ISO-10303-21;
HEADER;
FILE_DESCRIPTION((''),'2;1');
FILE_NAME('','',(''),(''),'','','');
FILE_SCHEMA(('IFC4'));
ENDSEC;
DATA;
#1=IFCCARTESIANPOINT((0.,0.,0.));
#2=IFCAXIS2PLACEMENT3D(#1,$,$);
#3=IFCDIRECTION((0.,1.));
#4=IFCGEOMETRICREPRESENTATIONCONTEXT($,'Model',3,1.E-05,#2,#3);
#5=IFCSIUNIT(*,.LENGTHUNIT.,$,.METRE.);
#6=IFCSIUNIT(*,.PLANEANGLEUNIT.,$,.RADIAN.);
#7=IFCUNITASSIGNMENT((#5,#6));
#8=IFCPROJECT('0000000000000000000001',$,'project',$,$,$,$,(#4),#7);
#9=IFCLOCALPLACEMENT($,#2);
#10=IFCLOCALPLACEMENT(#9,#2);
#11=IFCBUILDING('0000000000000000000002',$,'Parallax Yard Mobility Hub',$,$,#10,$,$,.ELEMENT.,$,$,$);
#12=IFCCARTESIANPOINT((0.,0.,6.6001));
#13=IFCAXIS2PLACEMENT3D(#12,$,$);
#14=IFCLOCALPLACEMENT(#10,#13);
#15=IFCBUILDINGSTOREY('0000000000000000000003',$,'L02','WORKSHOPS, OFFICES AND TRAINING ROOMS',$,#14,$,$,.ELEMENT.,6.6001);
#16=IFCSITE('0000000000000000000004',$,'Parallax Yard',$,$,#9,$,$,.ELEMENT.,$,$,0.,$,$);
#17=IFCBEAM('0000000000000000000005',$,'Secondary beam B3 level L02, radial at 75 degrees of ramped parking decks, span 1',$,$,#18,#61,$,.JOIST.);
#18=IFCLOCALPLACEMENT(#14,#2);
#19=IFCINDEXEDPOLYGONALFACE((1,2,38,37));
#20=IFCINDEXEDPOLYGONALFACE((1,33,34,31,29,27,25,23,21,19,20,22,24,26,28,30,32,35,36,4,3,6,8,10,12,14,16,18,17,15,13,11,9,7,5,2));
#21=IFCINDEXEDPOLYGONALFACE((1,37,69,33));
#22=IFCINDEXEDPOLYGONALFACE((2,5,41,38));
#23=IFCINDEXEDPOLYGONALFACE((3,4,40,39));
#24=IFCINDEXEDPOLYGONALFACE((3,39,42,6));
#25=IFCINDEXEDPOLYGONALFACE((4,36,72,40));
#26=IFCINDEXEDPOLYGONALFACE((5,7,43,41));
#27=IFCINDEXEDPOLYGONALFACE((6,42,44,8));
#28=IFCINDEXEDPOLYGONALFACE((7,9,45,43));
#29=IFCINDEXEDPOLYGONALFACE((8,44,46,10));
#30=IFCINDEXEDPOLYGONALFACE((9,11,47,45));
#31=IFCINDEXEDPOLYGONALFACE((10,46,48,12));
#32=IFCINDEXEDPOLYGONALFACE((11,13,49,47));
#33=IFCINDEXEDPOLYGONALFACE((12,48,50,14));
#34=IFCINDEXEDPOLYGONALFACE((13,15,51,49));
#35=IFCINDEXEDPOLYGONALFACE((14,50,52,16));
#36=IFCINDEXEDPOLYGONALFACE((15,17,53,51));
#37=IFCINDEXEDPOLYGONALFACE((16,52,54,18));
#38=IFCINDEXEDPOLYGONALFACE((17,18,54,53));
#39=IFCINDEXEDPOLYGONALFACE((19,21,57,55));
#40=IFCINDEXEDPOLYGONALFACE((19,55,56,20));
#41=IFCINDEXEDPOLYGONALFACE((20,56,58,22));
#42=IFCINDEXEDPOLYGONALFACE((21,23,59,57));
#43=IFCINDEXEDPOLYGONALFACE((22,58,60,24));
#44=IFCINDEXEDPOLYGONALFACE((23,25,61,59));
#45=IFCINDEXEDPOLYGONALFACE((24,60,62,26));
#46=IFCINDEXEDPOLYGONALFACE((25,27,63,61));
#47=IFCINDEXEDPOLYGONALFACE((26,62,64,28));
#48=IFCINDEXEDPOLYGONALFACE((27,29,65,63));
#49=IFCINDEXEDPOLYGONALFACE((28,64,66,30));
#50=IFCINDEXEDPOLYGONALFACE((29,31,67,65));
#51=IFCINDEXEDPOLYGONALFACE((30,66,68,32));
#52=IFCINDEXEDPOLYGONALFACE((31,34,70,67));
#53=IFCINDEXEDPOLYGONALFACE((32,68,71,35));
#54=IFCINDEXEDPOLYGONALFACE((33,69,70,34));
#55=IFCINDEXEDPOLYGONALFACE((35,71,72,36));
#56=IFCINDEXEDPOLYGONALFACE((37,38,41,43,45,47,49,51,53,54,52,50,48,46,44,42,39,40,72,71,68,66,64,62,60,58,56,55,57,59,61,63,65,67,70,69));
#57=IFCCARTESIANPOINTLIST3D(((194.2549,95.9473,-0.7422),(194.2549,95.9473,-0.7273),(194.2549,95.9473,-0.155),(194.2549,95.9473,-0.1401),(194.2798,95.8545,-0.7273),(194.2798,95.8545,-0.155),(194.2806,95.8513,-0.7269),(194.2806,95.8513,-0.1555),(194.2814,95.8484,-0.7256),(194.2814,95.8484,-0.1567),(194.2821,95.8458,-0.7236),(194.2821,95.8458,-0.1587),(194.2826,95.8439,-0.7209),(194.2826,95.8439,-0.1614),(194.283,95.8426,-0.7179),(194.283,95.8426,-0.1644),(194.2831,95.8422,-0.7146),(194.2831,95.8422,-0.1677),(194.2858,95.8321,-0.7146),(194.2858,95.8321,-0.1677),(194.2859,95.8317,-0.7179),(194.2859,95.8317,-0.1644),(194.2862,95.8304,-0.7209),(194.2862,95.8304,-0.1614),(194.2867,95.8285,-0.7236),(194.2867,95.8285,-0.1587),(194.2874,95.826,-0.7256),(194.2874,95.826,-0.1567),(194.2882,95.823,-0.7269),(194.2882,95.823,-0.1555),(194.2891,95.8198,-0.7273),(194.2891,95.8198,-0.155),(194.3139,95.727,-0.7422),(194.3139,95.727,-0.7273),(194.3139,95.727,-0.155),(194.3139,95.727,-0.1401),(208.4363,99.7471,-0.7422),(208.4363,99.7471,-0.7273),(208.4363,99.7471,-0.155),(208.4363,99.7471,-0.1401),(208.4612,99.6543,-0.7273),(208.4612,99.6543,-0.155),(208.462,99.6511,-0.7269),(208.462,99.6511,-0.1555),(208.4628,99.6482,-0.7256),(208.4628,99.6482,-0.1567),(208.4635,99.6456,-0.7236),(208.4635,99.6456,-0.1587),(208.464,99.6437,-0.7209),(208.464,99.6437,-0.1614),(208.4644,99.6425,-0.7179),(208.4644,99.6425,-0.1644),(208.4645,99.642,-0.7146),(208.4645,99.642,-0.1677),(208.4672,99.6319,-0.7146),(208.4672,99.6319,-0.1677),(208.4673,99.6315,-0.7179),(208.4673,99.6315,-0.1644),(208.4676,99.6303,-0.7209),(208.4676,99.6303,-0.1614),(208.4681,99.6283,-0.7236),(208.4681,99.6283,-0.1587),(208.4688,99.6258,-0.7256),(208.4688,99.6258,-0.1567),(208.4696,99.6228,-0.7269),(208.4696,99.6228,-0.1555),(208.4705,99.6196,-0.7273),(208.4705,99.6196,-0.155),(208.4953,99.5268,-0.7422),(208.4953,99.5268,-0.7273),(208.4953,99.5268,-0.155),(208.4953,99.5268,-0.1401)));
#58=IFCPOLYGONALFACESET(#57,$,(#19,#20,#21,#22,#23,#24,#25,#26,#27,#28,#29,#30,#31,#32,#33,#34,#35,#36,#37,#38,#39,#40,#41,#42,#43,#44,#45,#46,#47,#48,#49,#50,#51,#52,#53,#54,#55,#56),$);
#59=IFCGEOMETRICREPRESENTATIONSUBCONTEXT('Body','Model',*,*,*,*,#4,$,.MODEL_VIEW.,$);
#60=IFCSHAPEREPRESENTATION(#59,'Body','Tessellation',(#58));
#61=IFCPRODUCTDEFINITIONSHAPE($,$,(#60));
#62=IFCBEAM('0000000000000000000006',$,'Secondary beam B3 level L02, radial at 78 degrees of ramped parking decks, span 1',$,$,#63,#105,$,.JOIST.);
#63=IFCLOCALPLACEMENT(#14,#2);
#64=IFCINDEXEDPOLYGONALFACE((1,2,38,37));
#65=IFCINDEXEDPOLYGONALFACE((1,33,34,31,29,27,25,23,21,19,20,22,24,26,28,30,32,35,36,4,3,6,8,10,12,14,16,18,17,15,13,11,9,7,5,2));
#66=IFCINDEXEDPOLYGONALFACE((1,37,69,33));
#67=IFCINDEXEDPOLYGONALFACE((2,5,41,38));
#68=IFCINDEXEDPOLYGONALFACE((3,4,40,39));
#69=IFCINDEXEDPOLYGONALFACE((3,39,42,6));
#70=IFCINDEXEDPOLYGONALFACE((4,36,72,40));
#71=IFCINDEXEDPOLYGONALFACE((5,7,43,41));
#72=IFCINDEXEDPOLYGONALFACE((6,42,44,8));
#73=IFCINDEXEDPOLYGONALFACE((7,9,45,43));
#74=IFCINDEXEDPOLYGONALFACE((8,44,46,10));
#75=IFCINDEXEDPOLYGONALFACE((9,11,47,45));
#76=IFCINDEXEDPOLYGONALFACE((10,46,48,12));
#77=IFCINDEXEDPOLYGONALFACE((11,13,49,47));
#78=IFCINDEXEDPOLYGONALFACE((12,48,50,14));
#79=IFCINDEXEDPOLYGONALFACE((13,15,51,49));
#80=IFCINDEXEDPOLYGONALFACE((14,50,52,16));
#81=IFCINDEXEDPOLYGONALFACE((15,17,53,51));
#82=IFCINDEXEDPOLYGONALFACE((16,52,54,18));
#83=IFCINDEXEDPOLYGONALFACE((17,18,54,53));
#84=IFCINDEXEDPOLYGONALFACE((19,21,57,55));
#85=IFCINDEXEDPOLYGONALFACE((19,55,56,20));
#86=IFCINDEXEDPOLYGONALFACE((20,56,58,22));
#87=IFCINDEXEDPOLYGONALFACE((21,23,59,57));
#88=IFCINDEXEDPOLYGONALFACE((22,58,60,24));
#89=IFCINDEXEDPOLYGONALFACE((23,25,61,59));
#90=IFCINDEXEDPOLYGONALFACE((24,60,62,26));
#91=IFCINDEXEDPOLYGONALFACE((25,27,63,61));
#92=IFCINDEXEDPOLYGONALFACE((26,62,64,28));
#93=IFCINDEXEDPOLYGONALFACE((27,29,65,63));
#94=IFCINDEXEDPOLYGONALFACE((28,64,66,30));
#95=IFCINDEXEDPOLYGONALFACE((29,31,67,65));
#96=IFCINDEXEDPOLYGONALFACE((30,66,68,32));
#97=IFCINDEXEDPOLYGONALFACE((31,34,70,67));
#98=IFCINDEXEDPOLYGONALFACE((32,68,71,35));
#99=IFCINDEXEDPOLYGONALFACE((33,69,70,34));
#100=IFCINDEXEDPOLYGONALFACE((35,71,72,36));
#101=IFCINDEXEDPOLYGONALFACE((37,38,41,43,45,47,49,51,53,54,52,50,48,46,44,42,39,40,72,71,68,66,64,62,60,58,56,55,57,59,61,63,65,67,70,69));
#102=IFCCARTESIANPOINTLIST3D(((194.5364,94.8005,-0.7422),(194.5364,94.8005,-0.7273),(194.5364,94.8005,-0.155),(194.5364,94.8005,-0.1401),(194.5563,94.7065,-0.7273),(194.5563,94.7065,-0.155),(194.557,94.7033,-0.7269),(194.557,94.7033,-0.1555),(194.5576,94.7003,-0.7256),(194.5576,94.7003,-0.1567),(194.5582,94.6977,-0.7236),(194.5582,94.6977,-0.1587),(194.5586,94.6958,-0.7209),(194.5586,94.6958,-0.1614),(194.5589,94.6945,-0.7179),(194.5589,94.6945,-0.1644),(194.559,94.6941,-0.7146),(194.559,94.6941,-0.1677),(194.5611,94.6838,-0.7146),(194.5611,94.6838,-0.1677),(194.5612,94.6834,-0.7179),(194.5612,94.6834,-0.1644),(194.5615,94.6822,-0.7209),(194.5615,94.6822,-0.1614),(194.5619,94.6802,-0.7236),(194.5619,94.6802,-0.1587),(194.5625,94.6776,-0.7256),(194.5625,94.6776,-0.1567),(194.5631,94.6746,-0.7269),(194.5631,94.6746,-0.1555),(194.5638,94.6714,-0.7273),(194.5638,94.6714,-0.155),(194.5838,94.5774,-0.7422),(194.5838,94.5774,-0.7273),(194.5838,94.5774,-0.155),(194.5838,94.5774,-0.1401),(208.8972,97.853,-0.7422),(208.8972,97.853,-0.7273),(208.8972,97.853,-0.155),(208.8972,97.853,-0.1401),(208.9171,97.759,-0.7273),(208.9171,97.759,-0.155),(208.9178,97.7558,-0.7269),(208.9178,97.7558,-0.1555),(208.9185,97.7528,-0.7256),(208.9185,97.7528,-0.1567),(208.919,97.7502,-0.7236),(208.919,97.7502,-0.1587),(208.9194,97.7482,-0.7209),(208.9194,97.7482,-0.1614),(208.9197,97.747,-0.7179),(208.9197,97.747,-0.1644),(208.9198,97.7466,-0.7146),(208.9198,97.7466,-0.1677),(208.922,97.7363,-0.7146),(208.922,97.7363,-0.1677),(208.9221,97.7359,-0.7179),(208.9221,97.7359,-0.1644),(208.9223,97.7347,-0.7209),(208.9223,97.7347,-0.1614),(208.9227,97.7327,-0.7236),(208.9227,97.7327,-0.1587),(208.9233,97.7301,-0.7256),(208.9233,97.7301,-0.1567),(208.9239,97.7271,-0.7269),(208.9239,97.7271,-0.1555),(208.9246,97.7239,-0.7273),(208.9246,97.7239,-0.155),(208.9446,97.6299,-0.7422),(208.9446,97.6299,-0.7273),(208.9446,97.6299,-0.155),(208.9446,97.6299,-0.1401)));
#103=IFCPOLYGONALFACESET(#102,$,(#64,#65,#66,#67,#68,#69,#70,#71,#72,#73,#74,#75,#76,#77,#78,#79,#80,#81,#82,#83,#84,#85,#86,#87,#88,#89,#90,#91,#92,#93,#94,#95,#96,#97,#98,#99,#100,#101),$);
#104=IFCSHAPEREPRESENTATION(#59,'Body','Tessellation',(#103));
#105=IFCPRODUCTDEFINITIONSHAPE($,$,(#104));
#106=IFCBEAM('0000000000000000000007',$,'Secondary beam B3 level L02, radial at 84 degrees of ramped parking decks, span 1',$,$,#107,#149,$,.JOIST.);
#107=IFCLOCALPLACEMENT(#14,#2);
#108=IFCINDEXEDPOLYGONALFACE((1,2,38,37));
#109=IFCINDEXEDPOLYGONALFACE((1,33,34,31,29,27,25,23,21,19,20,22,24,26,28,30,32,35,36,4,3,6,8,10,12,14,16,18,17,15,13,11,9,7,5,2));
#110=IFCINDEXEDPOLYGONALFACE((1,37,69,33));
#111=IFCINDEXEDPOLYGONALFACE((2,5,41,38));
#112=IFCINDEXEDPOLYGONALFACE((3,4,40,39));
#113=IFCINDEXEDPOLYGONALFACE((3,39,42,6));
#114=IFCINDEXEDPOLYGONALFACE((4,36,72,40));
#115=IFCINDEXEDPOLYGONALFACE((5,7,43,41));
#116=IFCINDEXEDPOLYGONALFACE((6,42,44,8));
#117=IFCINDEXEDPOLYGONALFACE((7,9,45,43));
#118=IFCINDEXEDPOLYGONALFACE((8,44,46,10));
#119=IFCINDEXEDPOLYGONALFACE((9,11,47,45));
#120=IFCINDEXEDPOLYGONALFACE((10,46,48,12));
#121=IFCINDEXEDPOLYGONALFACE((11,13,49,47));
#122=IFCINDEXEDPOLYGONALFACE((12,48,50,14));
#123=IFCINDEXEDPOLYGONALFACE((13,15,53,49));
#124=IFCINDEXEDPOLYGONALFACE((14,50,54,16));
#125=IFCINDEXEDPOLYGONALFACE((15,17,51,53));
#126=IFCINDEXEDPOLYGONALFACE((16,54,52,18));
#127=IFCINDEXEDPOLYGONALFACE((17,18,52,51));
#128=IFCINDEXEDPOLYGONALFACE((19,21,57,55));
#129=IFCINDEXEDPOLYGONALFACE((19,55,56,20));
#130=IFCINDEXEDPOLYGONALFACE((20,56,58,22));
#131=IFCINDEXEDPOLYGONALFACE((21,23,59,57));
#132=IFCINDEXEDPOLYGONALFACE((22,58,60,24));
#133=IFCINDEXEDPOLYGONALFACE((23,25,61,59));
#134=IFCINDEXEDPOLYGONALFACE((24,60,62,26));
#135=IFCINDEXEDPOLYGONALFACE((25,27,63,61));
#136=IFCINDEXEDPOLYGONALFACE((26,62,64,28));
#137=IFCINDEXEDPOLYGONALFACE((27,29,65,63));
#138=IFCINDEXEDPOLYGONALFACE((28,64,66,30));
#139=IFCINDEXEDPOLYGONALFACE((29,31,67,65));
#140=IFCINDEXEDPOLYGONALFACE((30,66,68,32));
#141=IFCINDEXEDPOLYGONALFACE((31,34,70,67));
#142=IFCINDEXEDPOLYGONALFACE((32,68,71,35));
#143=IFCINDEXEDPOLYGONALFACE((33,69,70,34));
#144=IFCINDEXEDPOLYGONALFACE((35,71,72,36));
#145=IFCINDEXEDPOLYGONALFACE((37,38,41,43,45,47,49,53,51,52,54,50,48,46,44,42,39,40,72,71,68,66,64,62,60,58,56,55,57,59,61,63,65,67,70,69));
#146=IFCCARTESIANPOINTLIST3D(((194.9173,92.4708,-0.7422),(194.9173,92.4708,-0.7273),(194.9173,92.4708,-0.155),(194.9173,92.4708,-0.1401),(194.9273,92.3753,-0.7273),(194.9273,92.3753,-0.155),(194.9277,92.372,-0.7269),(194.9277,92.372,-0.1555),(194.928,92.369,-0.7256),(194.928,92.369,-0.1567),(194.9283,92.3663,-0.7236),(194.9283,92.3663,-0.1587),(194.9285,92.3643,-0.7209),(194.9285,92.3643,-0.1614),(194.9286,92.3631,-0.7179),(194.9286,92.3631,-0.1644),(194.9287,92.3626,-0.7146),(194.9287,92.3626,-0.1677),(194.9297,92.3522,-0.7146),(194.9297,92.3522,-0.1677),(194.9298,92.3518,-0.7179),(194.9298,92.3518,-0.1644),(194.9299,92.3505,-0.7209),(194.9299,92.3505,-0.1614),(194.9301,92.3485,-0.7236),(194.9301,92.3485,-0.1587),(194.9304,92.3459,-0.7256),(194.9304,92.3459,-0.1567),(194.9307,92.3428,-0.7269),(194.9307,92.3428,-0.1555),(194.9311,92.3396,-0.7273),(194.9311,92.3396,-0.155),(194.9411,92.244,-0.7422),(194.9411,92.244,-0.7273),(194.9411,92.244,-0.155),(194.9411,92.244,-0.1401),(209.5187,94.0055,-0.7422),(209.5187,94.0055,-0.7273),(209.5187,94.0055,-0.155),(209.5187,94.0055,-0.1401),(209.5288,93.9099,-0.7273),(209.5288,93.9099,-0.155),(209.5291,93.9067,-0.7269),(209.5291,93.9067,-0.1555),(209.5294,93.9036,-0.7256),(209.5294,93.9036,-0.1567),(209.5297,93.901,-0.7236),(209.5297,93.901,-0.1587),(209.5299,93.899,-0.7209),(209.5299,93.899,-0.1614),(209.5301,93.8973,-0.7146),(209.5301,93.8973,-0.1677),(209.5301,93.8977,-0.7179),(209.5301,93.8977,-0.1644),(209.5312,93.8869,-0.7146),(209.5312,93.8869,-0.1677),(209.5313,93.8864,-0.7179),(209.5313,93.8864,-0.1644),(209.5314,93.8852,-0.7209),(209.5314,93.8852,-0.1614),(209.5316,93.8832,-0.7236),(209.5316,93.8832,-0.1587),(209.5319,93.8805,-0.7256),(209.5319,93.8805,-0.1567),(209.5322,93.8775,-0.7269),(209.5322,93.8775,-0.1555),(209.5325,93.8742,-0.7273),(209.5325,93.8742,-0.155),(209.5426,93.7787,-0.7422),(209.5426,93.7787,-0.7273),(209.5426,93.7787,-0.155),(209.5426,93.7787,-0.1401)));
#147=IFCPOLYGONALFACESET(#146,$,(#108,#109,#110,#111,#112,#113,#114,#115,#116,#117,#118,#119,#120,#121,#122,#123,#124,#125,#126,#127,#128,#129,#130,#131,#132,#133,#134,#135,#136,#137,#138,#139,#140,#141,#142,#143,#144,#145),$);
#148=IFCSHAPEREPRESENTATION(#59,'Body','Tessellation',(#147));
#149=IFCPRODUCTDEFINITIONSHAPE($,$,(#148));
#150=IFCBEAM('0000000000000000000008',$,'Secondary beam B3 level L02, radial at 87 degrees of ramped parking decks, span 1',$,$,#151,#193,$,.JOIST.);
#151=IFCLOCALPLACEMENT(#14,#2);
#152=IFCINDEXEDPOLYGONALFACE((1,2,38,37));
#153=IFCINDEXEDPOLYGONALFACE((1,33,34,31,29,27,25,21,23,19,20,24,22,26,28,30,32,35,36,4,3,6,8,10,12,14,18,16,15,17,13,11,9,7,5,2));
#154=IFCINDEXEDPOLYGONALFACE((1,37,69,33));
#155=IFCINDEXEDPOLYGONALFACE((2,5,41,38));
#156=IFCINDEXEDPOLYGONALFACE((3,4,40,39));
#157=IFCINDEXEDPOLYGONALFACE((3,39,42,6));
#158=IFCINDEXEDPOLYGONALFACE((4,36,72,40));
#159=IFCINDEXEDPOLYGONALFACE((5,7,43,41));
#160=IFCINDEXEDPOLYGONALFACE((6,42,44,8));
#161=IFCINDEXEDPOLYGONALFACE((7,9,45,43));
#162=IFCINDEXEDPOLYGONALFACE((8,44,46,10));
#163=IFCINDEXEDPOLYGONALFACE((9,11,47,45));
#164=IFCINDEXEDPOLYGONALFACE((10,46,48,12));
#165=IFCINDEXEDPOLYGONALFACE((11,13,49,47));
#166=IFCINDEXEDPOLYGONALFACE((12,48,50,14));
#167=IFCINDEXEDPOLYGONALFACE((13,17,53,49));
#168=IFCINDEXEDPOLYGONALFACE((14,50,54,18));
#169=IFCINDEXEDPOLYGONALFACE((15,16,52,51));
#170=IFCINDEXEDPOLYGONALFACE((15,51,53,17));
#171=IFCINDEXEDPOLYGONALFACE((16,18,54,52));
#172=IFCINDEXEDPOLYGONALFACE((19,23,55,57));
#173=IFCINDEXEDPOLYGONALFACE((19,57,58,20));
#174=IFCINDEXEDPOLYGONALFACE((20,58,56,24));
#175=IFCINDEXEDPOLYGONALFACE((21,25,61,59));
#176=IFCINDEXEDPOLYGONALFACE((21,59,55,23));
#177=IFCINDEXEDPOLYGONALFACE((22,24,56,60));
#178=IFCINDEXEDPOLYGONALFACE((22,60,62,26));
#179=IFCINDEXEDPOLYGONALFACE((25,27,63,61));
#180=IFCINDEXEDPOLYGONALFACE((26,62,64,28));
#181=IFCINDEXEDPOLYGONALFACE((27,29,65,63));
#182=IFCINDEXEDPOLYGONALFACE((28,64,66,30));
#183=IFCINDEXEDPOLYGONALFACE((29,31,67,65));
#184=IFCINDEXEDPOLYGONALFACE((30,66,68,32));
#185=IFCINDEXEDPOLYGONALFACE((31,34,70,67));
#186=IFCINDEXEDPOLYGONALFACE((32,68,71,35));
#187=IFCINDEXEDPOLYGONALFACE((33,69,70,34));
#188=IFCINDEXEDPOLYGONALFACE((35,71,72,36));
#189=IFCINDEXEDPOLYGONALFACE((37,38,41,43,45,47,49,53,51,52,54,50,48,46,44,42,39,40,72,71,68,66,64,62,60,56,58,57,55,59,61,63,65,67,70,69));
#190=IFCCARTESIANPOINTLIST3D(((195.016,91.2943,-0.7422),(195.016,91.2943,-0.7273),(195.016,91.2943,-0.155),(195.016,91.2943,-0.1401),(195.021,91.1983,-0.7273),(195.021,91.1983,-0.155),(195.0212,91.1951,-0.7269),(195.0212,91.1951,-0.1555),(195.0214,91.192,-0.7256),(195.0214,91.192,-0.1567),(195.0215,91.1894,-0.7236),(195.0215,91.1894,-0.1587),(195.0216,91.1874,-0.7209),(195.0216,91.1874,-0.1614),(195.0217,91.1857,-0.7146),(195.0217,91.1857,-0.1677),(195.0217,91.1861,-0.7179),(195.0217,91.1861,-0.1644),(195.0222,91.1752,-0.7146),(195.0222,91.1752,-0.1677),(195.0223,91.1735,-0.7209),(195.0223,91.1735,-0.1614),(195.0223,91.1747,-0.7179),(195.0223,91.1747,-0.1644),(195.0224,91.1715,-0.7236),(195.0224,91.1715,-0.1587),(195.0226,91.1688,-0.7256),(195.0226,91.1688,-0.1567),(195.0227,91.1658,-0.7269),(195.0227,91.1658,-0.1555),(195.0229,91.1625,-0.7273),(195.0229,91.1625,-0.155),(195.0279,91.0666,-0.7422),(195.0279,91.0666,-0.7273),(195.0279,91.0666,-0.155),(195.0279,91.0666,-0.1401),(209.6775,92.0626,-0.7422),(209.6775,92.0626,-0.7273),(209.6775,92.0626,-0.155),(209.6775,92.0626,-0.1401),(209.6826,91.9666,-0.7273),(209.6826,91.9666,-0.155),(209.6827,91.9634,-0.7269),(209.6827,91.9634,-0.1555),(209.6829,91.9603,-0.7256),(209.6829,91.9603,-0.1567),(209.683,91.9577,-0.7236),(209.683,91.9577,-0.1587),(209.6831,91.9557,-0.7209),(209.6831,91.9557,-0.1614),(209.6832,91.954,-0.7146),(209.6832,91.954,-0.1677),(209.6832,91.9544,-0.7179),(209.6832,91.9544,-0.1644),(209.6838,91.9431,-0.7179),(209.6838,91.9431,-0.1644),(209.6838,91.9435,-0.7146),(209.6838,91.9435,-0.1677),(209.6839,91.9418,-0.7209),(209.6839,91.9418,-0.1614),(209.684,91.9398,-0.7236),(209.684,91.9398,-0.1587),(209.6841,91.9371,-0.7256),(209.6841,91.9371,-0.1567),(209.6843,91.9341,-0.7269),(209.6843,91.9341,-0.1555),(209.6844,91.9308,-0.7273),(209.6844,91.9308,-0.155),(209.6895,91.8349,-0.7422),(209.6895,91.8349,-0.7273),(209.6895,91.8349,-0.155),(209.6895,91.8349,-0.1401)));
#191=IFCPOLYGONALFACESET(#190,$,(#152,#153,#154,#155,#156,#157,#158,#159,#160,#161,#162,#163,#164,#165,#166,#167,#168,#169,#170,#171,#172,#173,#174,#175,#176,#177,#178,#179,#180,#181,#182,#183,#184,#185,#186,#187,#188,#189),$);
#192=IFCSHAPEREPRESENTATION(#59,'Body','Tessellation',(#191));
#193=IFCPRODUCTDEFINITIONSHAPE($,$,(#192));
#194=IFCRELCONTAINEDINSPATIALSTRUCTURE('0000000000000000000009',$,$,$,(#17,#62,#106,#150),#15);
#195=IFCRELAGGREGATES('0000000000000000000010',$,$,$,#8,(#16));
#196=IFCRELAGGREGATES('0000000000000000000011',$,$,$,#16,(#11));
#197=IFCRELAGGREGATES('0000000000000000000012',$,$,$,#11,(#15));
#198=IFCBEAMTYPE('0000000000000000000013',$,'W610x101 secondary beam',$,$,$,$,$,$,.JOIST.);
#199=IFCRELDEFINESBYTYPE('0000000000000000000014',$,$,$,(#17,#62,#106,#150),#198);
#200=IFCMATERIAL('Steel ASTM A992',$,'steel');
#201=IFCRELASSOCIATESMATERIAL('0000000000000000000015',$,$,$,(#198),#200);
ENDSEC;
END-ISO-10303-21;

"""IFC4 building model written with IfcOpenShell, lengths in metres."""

from ifc_helpers import new_model, si_unit, direction, frame, origin, origin_2d, place, context, subcontext, project, spatial, i_section, extrude, material, material_profile, profile_set, type_object, element, save


model = new_model("IFC4")

# Units and contexts
model_context = context("Model", 3, precision=1e-05, world=origin(), true_north=direction((0.0, 1.0)))
body_context = subcontext(model_context, "Body", "Model", "MODEL_VIEW")
ifc_project = project(units=[si_unit("LENGTHUNIT", "METRE"), si_unit("PLANEANGLEUNIT", "RADIAN")], contexts=[model_context])

# Site, building, storey
site_placement = place(None, origin())
site = spatial("IfcSite", under=ifc_project, at=site_placement, Name="Parallax Yard", CompositionType="ELEMENT", RefElevation=0.0)
building_placement = place(site_placement, origin())
building = spatial("IfcBuilding", under=site, at=building_placement, Name="Parallax Yard Mobility Hub", CompositionType="ELEMENT")
storey_placement = place(building_placement, frame((0.0, 0.0, 6.6001)))
storey = spatial("IfcBuildingStorey", under=building, at=storey_placement, Name="L02", Description="WORKSHOPS, OFFICES AND TRAINING ROOMS", CompositionType="ELEMENT", Elevation=6.6001)

# Beams
ifc_material_1 = material(Name="Steel ASTM A992", Category="steel")
ifc_material_profile_1 = material_profile(ifc_material_1, i_section(OverallWidth=0.228, OverallDepth=0.6021, WebThickness=0.0105, FlangeThickness=0.0149, FilletRadius=0.0127, at=origin_2d()), Name="W610x101")
ifc_profile_set_1 = profile_set([ifc_material_profile_1], Name="Steel ASTM A992")
beam_type_1 = type_object("IfcBeamType", Name="W610x101 secondary beam", PredefinedType="JOIST", material=ifc_profile_set_1)
for number, where, z_axis, x_axis, name in (
    (1, (194.2844, 95.8372, -0.4412), (0.965927, 0.258813, 0.0), (-0.258813, 0.965927, 0.0), "Secondary beam B3 level L02, radial at 75 degrees of ramped parking decks, span 1"),
    (2, (194.5601, 94.689, -0.4412), (0.978148, 0.207912, 0.0), (-0.207912, 0.978148, 0.0), "Secondary beam B3 level L02, radial at 78 degrees of ramped parking decks, span 1"),
):
    element("IfcBeam", number, at=place(storey_placement, frame(where, z_axis=z_axis, x_axis=x_axis)), inside=storey, type_object=beam_type_1, Name=name, PredefinedType="JOIST", context=body_context, shape_type="SweptSolid", body=[
        extrude(i_section(OverallWidth=0.228, OverallDepth=0.6021, WebThickness=0.0105, FlangeThickness=0.0149, FilletRadius=0.0127, at=origin_2d()), origin(), (0.0, 0.0, 1.0), 14.6816),
    ])
beam_1_placement = place(storey_placement, frame((194.9292, 92.3574, -0.4412), z_axis=(0.994522, 0.104527, 0.0), x_axis=(-0.104527, 0.994522, 0.0)))
element("IfcBeam", 3, at=beam_1_placement, inside=storey, type_object=beam_type_1, Name="Secondary beam B3 level L02, radial at 84 degrees of ramped parking decks, span 1", PredefinedType="JOIST", context=body_context, shape_type="SweptSolid", body=[
    extrude(i_section(OverallWidth=0.228, OverallDepth=0.6021, WebThickness=0.0105, FlangeThickness=0.0149, FilletRadius=0.0127, at=origin_2d()), origin(), (0.0, 0.0, 1.0), 14.6819),
])
beam_2_placement = place(storey_placement, frame((195.022, 91.1804, -0.4412), z_axis=(0.99863, 0.052331, 0.0), x_axis=(-0.052331, 0.99863, 0.0)))
element("IfcBeam", 4, at=beam_2_placement, inside=storey, type_object=beam_type_1, Name="Secondary beam B3 level L02, radial at 87 degrees of ramped parking decks, span 1", PredefinedType="JOIST", context=body_context, shape_type="SweptSolid", body=[
    extrude(i_section(OverallWidth=0.228, OverallDepth=0.6021, WebThickness=0.0105, FlangeThickness=0.0149, FilletRadius=0.0127, at=origin_2d()), origin(), (0.0, 0.0, 1.0), 14.6816),
])

save(model, "model.ifc")
